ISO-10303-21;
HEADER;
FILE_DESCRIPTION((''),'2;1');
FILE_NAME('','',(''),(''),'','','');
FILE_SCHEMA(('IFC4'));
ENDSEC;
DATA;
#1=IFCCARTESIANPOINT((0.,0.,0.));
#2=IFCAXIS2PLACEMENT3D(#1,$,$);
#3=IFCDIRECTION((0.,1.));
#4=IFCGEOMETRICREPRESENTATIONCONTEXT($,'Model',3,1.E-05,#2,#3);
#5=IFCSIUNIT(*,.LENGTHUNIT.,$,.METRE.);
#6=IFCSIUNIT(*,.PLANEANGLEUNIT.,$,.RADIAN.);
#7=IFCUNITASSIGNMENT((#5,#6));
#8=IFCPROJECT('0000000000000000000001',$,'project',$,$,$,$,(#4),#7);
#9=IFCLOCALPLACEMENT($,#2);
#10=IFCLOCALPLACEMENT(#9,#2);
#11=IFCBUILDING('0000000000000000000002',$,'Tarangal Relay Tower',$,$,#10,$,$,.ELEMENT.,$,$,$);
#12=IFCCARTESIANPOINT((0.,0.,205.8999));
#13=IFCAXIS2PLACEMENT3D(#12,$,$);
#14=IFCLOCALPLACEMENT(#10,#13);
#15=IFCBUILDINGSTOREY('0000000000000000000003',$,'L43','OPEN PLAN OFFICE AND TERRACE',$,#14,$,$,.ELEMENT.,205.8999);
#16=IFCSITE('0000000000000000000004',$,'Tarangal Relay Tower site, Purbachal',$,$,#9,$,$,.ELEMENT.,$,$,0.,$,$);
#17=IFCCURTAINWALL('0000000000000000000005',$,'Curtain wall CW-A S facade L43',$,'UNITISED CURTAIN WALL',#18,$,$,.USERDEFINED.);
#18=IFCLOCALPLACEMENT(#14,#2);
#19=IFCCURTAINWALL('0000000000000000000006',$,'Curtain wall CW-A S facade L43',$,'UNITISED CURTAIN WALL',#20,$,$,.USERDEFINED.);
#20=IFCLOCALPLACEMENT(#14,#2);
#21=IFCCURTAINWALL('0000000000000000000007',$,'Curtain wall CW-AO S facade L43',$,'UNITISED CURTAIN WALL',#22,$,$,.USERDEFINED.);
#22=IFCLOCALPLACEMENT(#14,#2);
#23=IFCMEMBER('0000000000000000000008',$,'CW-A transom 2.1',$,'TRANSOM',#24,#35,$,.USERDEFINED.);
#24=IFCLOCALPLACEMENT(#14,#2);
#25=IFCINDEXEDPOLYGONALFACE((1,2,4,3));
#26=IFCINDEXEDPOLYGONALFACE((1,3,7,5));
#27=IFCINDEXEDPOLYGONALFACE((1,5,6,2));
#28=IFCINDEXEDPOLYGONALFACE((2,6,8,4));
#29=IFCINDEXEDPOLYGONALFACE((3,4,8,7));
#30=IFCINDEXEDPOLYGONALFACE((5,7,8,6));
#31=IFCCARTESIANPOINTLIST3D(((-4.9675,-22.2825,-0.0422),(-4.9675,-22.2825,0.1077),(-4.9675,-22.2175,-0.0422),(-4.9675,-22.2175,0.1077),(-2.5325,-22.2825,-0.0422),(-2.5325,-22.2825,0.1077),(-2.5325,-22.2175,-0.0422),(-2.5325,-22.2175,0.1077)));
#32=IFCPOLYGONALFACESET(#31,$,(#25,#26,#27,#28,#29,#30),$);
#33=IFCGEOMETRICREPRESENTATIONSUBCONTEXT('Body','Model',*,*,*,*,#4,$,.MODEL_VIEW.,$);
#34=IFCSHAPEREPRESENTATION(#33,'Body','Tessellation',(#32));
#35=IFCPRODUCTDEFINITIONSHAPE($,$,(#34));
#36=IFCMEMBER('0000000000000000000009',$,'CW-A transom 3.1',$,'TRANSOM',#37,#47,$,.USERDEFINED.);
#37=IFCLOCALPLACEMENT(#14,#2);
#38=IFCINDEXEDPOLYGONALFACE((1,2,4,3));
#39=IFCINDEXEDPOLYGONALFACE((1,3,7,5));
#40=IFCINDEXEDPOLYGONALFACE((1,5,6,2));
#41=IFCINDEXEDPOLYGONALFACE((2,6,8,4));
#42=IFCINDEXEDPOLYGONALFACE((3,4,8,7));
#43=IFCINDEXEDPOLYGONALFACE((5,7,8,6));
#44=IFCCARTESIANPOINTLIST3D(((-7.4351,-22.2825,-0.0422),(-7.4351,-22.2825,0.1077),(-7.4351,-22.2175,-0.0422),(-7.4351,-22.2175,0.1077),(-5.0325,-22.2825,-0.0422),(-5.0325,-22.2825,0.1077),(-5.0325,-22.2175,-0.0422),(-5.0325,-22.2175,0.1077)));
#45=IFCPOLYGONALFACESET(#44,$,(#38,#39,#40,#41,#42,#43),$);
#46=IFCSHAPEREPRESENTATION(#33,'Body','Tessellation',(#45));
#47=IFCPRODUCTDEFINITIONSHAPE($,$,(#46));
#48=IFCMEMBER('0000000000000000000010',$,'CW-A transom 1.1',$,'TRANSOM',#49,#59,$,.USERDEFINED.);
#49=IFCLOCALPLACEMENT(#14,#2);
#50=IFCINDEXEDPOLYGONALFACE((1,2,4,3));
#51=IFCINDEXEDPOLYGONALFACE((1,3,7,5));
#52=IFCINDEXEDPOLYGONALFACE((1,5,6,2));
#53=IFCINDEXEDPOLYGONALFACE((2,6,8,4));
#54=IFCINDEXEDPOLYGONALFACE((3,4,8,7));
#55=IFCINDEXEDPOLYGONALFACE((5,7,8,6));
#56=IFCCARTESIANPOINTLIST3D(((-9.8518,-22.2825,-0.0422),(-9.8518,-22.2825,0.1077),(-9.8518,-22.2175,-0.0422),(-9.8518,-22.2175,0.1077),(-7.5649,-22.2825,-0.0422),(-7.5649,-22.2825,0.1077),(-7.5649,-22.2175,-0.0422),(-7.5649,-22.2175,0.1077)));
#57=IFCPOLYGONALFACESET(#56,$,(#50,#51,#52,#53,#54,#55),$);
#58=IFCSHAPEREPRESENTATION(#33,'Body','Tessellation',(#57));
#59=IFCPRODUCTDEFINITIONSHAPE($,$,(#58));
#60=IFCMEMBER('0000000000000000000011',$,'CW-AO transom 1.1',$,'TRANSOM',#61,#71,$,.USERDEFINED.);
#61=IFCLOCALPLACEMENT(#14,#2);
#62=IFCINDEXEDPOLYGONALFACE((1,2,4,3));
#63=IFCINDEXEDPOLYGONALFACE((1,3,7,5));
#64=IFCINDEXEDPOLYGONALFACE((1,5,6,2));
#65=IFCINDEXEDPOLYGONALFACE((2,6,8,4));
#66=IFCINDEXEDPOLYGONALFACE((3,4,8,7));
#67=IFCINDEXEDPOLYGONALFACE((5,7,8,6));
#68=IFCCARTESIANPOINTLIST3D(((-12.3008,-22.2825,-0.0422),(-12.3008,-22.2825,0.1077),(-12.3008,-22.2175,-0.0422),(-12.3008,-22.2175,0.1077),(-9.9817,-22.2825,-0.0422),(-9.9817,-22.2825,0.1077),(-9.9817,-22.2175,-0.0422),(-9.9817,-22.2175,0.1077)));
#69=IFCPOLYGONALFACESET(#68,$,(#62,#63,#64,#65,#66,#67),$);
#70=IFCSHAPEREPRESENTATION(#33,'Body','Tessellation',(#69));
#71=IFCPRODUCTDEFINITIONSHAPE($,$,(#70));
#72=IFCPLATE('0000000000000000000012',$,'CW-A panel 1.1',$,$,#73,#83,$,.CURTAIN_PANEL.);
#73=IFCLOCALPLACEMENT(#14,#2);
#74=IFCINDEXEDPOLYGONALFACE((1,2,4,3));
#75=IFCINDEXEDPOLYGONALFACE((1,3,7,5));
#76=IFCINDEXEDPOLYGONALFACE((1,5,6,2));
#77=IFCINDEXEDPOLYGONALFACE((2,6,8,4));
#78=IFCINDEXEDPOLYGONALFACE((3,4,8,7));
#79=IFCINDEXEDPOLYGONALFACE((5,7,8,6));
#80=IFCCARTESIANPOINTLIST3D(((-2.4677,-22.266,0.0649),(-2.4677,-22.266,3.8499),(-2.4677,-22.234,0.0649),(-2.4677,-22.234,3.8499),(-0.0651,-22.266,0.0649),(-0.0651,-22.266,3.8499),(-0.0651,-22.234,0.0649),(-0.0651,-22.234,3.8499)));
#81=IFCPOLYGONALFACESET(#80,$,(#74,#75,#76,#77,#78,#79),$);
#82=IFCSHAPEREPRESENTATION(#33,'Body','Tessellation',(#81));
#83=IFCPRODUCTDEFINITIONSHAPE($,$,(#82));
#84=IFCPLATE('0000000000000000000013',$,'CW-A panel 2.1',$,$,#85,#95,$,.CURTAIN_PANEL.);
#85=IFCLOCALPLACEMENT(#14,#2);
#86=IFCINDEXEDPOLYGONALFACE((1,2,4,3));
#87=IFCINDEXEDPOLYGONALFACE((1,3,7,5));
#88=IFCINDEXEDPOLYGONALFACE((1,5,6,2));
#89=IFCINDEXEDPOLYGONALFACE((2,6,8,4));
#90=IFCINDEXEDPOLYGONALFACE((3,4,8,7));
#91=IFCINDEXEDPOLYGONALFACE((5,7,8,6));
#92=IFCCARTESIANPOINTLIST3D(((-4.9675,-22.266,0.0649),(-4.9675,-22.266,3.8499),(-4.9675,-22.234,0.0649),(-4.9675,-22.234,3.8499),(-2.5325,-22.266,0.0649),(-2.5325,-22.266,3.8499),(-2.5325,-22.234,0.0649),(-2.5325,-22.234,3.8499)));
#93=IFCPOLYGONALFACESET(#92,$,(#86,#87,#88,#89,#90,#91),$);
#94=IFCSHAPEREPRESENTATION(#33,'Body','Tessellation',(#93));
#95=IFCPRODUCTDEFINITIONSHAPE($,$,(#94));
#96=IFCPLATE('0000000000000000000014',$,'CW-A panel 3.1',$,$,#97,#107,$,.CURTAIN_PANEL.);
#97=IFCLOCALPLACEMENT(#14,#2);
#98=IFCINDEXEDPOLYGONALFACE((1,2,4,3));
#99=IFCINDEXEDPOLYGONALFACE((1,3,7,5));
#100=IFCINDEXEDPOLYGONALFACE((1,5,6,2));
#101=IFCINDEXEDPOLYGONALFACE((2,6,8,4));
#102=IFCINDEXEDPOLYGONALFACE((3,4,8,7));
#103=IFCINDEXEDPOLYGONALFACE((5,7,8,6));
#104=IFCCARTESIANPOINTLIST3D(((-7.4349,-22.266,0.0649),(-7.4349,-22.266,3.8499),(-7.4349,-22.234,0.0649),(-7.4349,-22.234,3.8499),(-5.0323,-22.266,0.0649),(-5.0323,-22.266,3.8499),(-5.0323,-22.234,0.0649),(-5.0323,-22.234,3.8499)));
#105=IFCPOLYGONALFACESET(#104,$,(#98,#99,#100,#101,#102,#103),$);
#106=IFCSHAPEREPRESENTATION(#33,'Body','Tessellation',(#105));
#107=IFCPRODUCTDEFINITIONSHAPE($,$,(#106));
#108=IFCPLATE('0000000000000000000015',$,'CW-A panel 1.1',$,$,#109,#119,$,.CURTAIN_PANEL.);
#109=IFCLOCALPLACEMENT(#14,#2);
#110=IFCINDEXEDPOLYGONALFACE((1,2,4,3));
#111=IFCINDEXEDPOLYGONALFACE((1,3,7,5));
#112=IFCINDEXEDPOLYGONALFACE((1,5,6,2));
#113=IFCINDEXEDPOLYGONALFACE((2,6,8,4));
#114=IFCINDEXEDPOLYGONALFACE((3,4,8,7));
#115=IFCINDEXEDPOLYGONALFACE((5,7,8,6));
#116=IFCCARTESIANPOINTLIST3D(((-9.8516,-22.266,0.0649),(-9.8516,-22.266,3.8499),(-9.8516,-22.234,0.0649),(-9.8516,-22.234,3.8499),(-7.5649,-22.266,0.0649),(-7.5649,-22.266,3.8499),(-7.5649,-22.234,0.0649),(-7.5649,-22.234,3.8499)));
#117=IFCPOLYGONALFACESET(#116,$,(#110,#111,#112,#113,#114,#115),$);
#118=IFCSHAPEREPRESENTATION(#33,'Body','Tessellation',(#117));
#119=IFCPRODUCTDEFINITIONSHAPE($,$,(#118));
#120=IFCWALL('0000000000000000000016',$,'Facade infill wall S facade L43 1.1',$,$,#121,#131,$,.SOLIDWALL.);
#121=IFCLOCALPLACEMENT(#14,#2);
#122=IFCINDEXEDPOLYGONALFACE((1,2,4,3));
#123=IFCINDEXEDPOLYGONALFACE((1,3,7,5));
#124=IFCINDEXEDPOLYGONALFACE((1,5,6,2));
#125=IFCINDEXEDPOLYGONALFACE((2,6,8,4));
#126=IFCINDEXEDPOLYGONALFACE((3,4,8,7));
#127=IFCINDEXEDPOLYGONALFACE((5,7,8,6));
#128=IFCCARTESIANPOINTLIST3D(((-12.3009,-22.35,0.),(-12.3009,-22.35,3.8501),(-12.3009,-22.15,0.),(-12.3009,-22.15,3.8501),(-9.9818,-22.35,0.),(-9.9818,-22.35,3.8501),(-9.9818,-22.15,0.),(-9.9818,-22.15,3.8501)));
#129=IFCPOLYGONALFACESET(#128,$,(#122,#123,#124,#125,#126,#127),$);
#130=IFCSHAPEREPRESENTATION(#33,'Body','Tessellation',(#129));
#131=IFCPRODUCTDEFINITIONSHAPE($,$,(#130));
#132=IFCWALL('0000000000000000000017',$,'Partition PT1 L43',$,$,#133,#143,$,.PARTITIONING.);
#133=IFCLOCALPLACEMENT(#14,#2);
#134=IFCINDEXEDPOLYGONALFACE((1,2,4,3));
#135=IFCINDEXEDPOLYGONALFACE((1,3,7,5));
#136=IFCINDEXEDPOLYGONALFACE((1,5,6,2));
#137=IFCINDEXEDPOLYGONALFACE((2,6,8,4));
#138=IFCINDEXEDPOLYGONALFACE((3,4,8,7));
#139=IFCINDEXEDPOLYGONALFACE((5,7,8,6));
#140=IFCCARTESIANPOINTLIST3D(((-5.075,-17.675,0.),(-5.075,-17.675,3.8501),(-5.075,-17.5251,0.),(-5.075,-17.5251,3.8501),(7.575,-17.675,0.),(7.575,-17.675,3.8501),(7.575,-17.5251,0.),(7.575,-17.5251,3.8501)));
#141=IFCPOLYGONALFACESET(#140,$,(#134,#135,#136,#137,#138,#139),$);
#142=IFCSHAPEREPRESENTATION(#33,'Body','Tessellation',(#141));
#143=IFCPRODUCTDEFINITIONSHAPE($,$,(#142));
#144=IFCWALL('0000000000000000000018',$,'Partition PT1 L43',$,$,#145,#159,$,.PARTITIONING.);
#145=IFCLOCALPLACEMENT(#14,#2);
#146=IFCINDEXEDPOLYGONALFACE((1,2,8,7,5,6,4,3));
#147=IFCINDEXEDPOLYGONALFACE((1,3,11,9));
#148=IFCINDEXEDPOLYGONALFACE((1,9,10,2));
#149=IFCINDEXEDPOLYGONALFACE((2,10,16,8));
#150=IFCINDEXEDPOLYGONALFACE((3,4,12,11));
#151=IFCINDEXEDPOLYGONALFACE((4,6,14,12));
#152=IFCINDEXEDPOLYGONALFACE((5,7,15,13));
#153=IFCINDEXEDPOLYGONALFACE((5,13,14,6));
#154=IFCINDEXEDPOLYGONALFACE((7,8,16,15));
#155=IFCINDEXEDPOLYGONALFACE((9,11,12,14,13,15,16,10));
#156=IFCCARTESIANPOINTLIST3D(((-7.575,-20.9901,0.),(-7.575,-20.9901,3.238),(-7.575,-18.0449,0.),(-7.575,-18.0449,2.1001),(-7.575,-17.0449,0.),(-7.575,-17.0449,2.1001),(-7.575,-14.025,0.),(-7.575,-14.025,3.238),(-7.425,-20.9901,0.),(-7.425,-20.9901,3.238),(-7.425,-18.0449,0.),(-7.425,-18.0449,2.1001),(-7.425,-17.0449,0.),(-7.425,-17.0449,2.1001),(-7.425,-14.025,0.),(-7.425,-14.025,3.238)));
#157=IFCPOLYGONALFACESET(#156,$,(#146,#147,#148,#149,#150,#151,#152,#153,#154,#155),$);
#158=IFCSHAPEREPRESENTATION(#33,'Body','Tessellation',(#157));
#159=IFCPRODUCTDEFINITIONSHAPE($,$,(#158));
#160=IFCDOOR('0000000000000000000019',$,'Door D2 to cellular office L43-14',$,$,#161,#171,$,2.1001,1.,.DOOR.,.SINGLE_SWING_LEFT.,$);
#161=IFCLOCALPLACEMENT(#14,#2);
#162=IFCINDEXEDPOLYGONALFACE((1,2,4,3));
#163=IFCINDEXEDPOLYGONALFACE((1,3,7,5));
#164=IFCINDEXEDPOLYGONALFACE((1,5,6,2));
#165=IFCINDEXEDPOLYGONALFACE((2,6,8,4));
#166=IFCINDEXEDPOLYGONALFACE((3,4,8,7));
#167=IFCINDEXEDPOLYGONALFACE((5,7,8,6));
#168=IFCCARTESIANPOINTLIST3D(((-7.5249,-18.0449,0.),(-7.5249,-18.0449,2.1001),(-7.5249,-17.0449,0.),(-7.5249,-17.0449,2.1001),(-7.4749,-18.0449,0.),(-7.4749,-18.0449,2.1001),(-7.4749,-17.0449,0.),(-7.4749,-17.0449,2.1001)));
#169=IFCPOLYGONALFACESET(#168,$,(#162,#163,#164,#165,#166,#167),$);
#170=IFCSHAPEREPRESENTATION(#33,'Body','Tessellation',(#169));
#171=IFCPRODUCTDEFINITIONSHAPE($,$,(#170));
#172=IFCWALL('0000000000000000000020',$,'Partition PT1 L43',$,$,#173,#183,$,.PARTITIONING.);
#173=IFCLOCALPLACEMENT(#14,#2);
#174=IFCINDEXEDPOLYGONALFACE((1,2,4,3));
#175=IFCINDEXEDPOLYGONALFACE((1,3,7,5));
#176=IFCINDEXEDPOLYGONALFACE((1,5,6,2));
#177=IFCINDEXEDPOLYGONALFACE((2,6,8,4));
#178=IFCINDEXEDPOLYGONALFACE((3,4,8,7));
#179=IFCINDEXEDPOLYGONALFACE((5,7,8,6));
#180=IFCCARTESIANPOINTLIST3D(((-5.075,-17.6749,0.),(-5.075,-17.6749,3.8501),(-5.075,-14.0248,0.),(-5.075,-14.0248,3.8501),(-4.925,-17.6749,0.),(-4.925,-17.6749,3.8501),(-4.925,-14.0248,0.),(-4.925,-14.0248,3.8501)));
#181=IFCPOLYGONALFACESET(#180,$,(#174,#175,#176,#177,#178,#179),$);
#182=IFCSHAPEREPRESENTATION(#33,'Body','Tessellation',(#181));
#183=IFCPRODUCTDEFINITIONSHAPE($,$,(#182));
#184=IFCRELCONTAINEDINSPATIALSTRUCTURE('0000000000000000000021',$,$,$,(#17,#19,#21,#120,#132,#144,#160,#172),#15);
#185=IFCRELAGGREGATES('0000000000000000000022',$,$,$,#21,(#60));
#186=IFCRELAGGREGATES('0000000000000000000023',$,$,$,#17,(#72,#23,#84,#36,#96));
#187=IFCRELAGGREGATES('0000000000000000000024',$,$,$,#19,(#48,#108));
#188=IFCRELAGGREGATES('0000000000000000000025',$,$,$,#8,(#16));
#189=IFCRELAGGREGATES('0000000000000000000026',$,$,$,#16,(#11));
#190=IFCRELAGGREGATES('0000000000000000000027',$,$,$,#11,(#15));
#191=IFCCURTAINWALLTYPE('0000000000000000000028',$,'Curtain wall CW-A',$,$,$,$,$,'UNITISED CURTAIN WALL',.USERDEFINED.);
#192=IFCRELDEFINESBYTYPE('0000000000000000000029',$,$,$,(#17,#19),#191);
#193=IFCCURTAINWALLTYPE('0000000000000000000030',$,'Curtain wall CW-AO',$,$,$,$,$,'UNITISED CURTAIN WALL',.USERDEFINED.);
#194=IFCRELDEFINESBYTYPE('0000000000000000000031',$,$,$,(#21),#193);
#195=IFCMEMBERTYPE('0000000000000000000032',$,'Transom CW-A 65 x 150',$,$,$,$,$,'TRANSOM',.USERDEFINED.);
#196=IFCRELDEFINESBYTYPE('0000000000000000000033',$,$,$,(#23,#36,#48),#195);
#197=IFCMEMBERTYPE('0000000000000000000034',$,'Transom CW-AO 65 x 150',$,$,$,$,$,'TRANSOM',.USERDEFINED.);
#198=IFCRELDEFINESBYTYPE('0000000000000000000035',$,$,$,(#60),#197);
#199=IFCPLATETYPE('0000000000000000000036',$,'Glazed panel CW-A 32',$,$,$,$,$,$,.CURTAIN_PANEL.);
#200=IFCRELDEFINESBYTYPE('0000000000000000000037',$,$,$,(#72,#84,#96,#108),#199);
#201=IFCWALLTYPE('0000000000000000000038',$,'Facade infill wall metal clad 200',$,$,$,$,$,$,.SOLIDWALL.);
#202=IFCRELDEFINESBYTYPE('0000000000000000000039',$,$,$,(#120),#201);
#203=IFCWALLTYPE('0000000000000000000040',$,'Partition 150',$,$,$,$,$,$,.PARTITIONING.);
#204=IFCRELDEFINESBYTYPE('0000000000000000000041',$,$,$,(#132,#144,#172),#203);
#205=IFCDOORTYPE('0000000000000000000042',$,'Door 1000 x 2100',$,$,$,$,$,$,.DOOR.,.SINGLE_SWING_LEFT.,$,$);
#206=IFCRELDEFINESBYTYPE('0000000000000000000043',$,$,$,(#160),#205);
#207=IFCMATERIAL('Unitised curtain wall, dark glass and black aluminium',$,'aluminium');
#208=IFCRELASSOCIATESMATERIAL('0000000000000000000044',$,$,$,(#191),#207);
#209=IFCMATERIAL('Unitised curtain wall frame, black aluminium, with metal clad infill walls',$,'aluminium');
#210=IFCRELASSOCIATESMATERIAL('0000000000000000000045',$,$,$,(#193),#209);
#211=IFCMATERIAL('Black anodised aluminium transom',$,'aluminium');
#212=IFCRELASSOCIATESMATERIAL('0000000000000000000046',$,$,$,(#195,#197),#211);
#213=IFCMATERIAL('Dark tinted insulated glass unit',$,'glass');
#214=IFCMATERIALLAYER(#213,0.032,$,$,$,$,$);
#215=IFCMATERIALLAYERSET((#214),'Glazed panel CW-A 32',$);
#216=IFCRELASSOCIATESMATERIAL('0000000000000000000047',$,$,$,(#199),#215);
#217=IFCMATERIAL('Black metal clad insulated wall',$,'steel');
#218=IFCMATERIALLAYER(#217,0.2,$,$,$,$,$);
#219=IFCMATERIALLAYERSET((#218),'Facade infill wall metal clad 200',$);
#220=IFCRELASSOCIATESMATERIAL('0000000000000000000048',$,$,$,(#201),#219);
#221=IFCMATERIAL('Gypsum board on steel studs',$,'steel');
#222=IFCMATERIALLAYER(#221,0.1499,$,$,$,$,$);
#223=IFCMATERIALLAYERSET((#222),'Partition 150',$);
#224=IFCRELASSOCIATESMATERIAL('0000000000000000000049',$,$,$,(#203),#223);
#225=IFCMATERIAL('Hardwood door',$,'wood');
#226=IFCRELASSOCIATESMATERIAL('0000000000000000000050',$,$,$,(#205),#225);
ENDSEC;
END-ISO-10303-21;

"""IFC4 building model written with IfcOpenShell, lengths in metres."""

from ifc_helpers import new_model, si_unit, direction, frame, frame_2d, origin, origin_2d, place, context, subcontext, project, spatial, rectangle, extrude, material, layer, layer_set, material_profile, profile_set, type_object, element, fill, aggregate, save


model = new_model("IFC4")

# Units and contexts
model_context = context("Model", 3, precision=1e-05, world=origin(), true_north=direction((0.0, 1.0)))
body_context = subcontext(model_context, "Body", "Model", "MODEL_VIEW")
ifc_project = project(units=[si_unit("LENGTHUNIT", "METRE"), si_unit("PLANEANGLEUNIT", "RADIAN")], contexts=[model_context])

# Site, building, storey
site_placement = place(None, origin())
site = spatial("IfcSite", under=ifc_project, at=site_placement, Name="Tarangal Relay Tower site, Purbachal", CompositionType="ELEMENT", RefElevation=0.0)
building_placement = place(site_placement, origin())
building = spatial("IfcBuilding", under=site, at=building_placement, Name="Tarangal Relay Tower", CompositionType="ELEMENT")
storey_placement = place(building_placement, frame((0.0, 0.0, 205.8999)))
storey = spatial("IfcBuildingStorey", under=building, at=storey_placement, Name="L43", Description="OPEN PLAN OFFICE AND TERRACE", CompositionType="ELEMENT", Elevation=205.8999)

# Curtain walls
ifc_material_1 = material(Name="Unitised curtain wall, dark glass and black aluminium", Category="aluminium")
curtain_wall_type_1 = type_object("IfcCurtainWallType", Name="Curtain wall CW-A", ElementType="UNITISED CURTAIN WALL", PredefinedType="USERDEFINED", material=ifc_material_1)
curtain_wall_1_placement = place(storey_placement, origin())
curtain_wall_1 = element("IfcCurtainWall", 1, at=curtain_wall_1_placement, inside=storey, type_object=curtain_wall_type_1, Name="Curtain wall CW-A S facade L43", ObjectType="UNITISED CURTAIN WALL", PredefinedType="USERDEFINED")
curtain_wall_2_placement = place(storey_placement, origin())
curtain_wall_2 = element("IfcCurtainWall", 2, at=curtain_wall_2_placement, inside=storey, type_object=curtain_wall_type_1, Name="Curtain wall CW-A S facade L43", ObjectType="UNITISED CURTAIN WALL", PredefinedType="USERDEFINED")

# Curtain wall
ifc_material_2 = material(Name="Unitised curtain wall frame, black aluminium, with metal clad infill walls", Category="aluminium")
curtain_wall_type_2 = type_object("IfcCurtainWallType", Name="Curtain wall CW-AO", ElementType="UNITISED CURTAIN WALL", PredefinedType="USERDEFINED", material=ifc_material_2)
curtain_wall_3_placement = place(storey_placement, origin())
curtain_wall_3 = element("IfcCurtainWall", 3, at=curtain_wall_3_placement, inside=storey, type_object=curtain_wall_type_2, Name="Curtain wall CW-AO S facade L43", ObjectType="UNITISED CURTAIN WALL", PredefinedType="USERDEFINED")

# Members
ifc_material_3 = material(Name="Black anodised aluminium transom", Category="aluminium")
ifc_material_profile_1 = material_profile(ifc_material_3, rectangle(XDim=0.0649, YDim=0.1499, at=origin_2d()), Name="CW-AT 65X150")
ifc_profile_set_1 = profile_set([ifc_material_profile_1], Name="Black anodised aluminium transom")
member_type_1 = type_object("IfcMemberType", Name="Transom CW-A 65 x 150", ElementType="TRANSOM", PredefinedType="USERDEFINED", material=ifc_profile_set_1)
member_1_placement = place(storey_placement, frame((-2.5325, -22.25, 0.0327), z_axis=(-1.0, 0.0, 0.0), x_axis=(0.0, -1.0, 0.0)))
member_1 = element("IfcMember", 4, at=member_1_placement, type_object=member_type_1, Name="CW-A transom 2.1", ObjectType="TRANSOM", PredefinedType="USERDEFINED", context=body_context, shape_type="SweptSolid", body=[
    extrude(rectangle(XDim=0.0649, YDim=0.1499, at=origin_2d()), origin(), (0.0, 0.0, 1.0), 2.4351),
])
member_2_placement = place(storey_placement, frame((-5.0325, -22.25, 0.0327), z_axis=(-1.0, 0.0, 0.0), x_axis=(0.0, -1.0, 0.0)))
member_2 = element("IfcMember", 5, at=member_2_placement, type_object=member_type_1, Name="CW-A transom 3.1", ObjectType="TRANSOM", PredefinedType="USERDEFINED", context=body_context, shape_type="SweptSolid", body=[
    extrude(rectangle(XDim=0.0649, YDim=0.1499, at=origin_2d()), origin(), (0.0, 0.0, 1.0), 2.4026),
])
member_3_placement = place(storey_placement, frame((-7.5649, -22.25, 0.0327), z_axis=(-1.0, 0.0, 0.0), x_axis=(0.0, -1.0, 0.0)))
member_3 = element("IfcMember", 6, at=member_3_placement, type_object=member_type_1, Name="CW-A transom 1.1", ObjectType="TRANSOM", PredefinedType="USERDEFINED", context=body_context, shape_type="SweptSolid", body=[
    extrude(rectangle(XDim=0.0649, YDim=0.1499, at=origin_2d()), origin(), (0.0, 0.0, 1.0), 2.2869),
])
ifc_material_profile_2 = material_profile(ifc_material_3, rectangle(XDim=0.0649, YDim=0.1499, at=origin_2d()), Name="CW-AOT 65X150")
ifc_profile_set_2 = profile_set([ifc_material_profile_2], Name="Black anodised aluminium transom")
member_type_2 = type_object("IfcMemberType", Name="Transom CW-AO 65 x 150", ElementType="TRANSOM", PredefinedType="USERDEFINED", material=ifc_profile_set_2)
member_4_placement = place(storey_placement, frame((-9.9817, -22.25, 0.0327), z_axis=(-1.0, 0.0, 0.0), x_axis=(0.0, -1.0, 0.0)))
member_4 = element("IfcMember", 7, at=member_4_placement, type_object=member_type_2, Name="CW-AO transom 1.1", ObjectType="TRANSOM", PredefinedType="USERDEFINED", context=body_context, shape_type="SweptSolid", body=[
    extrude(rectangle(XDim=0.0649, YDim=0.1499, at=origin_2d()), origin(), (0.0, 0.0, 1.0), 2.3191),
])
aggregate(curtain_wall_3, [member_4])

# Plates
ifc_material_4 = material(Name="Dark tinted insulated glass unit", Category="glass")
ifc_layer_1 = layer(ifc_material_4, 0.032)
ifc_layer_set_1 = layer_set([ifc_layer_1], Name="Glazed panel CW-A 32")
plate_type = type_object("IfcPlateType", Name="Glazed panel CW-A 32", PredefinedType="CURTAIN_PANEL", material=ifc_layer_set_1)
plate_1_placement = place(storey_placement, frame((-1.2664, -22.25, 0.0649), z_axis=(0.0, 0.0, 1.0), x_axis=(-1.0, 0.0, 0.0)))
plate_1 = element("IfcPlate", 8, at=plate_1_placement, type_object=plate_type, Name="CW-A panel 1.1", PredefinedType="CURTAIN_PANEL", context=body_context, shape_type="SweptSolid", body=[
    extrude(rectangle(XDim=2.4026, YDim=0.032, at=origin_2d()), origin(), (0.0, 0.0, 1.0), 3.7849),
])
plate_2_placement = place(storey_placement, frame((-3.75, -22.25, 0.0649), z_axis=(0.0, 0.0, 1.0), x_axis=(-1.0, 0.0, 0.0)))
plate_2 = element("IfcPlate", 9, at=plate_2_placement, type_object=plate_type, Name="CW-A panel 2.1", PredefinedType="CURTAIN_PANEL", context=body_context, shape_type="SweptSolid", body=[
    extrude(rectangle(XDim=2.4351, YDim=0.032, at=origin_2d()), origin(), (0.0, 0.0, 1.0), 3.7849),
])
plate_3_placement = place(storey_placement, frame((-6.2336, -22.25, 0.0649), z_axis=(0.0, 0.0, 1.0), x_axis=(-1.0, 0.0, 0.0)))
plate_3 = element("IfcPlate", 10, at=plate_3_placement, type_object=plate_type, Name="CW-A panel 3.1", PredefinedType="CURTAIN_PANEL", context=body_context, shape_type="SweptSolid", body=[
    extrude(rectangle(XDim=2.4026, YDim=0.032, at=origin_2d()), origin(), (0.0, 0.0, 1.0), 3.7849),
])
aggregate(curtain_wall_1, [plate_1, member_1, plate_2, member_2, plate_3])
plate_4_placement = place(storey_placement, frame((-8.7083, -22.25, 0.0649), z_axis=(0.0, 0.0, 1.0), x_axis=(-1.0, 0.0, 0.0)))
plate_4 = element("IfcPlate", 11, at=plate_4_placement, type_object=plate_type, Name="CW-A panel 1.1", PredefinedType="CURTAIN_PANEL", context=body_context, shape_type="SweptSolid", body=[
    extrude(rectangle(XDim=2.2866, YDim=0.032, at=origin_2d()), origin(), (0.0, 0.0, 1.0), 3.7849),
])
aggregate(curtain_wall_2, [member_3, plate_4])

# Walls
ifc_material_5 = material(Name="Black metal clad insulated wall", Category="steel")
ifc_layer_2 = layer(ifc_material_5, 0.2)
ifc_layer_set_2 = layer_set([ifc_layer_2], Name="Facade infill wall metal clad 200")
wall_type_1 = type_object("IfcWallType", Name="Facade infill wall metal clad 200", PredefinedType="SOLIDWALL", material=ifc_layer_set_2)
wall_1_placement = place(storey_placement, frame((-9.9817, -22.25, 0.0), z_axis=(0.0, 0.0, 1.0), x_axis=(-1.0, 0.0, 0.0)))
element("IfcWall", 12, at=wall_1_placement, inside=storey, type_object=wall_type_1, Name="Facade infill wall S facade L43 1.1", PredefinedType="SOLIDWALL", context=body_context, shape_type="SweptSolid", body=[
    extrude(rectangle(XDim=2.3191, YDim=0.2, at=frame_2d((1.1597, 0.0))), origin(), (0.0, 0.0, 1.0), 3.8501),
])
ifc_material_6 = material(Name="Gypsum board on steel studs", Category="steel")
ifc_layer_3 = layer(ifc_material_6, 0.1499)
ifc_layer_set_3 = layer_set([ifc_layer_3], Name="Partition 150")
wall_type_2 = type_object("IfcWallType", Name="Partition 150", PredefinedType="PARTITIONING", material=ifc_layer_set_3)
wall_2_placement = place(storey_placement, frame((-5.075, -17.6001, 0.0), z_axis=(0.0, 0.0, 1.0), x_axis=(1.0, 0.0, 0.0)))
element("IfcWall", 13, at=wall_2_placement, inside=storey, type_object=wall_type_2, Name="Partition PT1 L43", PredefinedType="PARTITIONING", context=body_context, shape_type="SweptSolid", body=[
    extrude(rectangle(XDim=12.6499, YDim=0.1499, at=frame_2d((6.325, 0.0))), origin(), (0.0, 0.0, 1.0), 3.8501),
])

# Wall, opening, door
wall_3_placement = place(storey_placement, frame((-7.5, -20.99, 0.0), z_axis=(0.0, 0.0, 1.0), x_axis=(0.0, 1.0, 0.0)))
wall_3 = element("IfcWall", 14, at=wall_3_placement, inside=storey, type_object=wall_type_2, Name="Partition PT1 L43", PredefinedType="PARTITIONING", context=body_context, shape_type="SweptSolid", body=[
    extrude(rectangle(XDim=6.9651, YDim=0.1499, at=frame_2d((3.4824, 0.0))), origin(), (0.0, 0.0, 1.0), 3.238),
])
opening_1_placement = place(wall_3_placement, frame((2.9451, 0.0, 0.0)))
opening_1 = element("IfcOpeningElement", 15, at=opening_1_placement, cuts=wall_3, PredefinedType="OPENING", context=body_context, shape_type="SweptSolid", body=[
    extrude(rectangle(XDim=1.0, YDim=2.1001, at=frame_2d((0.5, 1.05))), frame((0.0, 0.085, 0.0), z_axis=(0.0, -1.0, 0.0), x_axis=(1.0, 0.0, 0.0)), (0.0, 0.0, 1.0), 0.1699),
])
ifc_material_7 = material(Name="Hardwood door", Category="wood")
door_type = type_object("IfcDoorType", Name="Door 1000 x 2100", OperationType="SINGLE_SWING_LEFT", PredefinedType="DOOR", material=ifc_material_7)
door_1_placement = place(opening_1_placement, origin())
door_1 = element("IfcDoor", 16, at=door_1_placement, inside=storey, type_object=door_type, Name="Door D2 to cellular office L43-14", OperationType="SINGLE_SWING_LEFT", OverallHeight=2.1001, OverallWidth=1.0, PredefinedType="DOOR", context=body_context, shape_type="SweptSolid", body=[
    extrude(rectangle(XDim=1.0, YDim=2.1001, at=frame_2d((0.5, 1.05))), frame((0.0, 0.0249, 0.0), z_axis=(0.0, -1.0, 0.0), x_axis=(1.0, 0.0, 0.0)), (0.0, 0.0, 1.0), 0.05),
])
fill(opening_1, door_1)

# Wall
wall_4_placement = place(storey_placement, frame((-5.0, -17.675, 0.0), z_axis=(0.0, 0.0, 1.0), x_axis=(0.0, 1.0, 0.0)))
element("IfcWall", 17, at=wall_4_placement, inside=storey, type_object=wall_type_2, Name="Partition PT1 L43", PredefinedType="PARTITIONING", context=body_context, shape_type="SweptSolid", body=[
    extrude(rectangle(XDim=3.6501, YDim=0.1499, at=frame_2d((1.8252, 0.0))), origin(), (0.0, 0.0, 1.0), 3.8501),
])

save(model, "model.ifc")
